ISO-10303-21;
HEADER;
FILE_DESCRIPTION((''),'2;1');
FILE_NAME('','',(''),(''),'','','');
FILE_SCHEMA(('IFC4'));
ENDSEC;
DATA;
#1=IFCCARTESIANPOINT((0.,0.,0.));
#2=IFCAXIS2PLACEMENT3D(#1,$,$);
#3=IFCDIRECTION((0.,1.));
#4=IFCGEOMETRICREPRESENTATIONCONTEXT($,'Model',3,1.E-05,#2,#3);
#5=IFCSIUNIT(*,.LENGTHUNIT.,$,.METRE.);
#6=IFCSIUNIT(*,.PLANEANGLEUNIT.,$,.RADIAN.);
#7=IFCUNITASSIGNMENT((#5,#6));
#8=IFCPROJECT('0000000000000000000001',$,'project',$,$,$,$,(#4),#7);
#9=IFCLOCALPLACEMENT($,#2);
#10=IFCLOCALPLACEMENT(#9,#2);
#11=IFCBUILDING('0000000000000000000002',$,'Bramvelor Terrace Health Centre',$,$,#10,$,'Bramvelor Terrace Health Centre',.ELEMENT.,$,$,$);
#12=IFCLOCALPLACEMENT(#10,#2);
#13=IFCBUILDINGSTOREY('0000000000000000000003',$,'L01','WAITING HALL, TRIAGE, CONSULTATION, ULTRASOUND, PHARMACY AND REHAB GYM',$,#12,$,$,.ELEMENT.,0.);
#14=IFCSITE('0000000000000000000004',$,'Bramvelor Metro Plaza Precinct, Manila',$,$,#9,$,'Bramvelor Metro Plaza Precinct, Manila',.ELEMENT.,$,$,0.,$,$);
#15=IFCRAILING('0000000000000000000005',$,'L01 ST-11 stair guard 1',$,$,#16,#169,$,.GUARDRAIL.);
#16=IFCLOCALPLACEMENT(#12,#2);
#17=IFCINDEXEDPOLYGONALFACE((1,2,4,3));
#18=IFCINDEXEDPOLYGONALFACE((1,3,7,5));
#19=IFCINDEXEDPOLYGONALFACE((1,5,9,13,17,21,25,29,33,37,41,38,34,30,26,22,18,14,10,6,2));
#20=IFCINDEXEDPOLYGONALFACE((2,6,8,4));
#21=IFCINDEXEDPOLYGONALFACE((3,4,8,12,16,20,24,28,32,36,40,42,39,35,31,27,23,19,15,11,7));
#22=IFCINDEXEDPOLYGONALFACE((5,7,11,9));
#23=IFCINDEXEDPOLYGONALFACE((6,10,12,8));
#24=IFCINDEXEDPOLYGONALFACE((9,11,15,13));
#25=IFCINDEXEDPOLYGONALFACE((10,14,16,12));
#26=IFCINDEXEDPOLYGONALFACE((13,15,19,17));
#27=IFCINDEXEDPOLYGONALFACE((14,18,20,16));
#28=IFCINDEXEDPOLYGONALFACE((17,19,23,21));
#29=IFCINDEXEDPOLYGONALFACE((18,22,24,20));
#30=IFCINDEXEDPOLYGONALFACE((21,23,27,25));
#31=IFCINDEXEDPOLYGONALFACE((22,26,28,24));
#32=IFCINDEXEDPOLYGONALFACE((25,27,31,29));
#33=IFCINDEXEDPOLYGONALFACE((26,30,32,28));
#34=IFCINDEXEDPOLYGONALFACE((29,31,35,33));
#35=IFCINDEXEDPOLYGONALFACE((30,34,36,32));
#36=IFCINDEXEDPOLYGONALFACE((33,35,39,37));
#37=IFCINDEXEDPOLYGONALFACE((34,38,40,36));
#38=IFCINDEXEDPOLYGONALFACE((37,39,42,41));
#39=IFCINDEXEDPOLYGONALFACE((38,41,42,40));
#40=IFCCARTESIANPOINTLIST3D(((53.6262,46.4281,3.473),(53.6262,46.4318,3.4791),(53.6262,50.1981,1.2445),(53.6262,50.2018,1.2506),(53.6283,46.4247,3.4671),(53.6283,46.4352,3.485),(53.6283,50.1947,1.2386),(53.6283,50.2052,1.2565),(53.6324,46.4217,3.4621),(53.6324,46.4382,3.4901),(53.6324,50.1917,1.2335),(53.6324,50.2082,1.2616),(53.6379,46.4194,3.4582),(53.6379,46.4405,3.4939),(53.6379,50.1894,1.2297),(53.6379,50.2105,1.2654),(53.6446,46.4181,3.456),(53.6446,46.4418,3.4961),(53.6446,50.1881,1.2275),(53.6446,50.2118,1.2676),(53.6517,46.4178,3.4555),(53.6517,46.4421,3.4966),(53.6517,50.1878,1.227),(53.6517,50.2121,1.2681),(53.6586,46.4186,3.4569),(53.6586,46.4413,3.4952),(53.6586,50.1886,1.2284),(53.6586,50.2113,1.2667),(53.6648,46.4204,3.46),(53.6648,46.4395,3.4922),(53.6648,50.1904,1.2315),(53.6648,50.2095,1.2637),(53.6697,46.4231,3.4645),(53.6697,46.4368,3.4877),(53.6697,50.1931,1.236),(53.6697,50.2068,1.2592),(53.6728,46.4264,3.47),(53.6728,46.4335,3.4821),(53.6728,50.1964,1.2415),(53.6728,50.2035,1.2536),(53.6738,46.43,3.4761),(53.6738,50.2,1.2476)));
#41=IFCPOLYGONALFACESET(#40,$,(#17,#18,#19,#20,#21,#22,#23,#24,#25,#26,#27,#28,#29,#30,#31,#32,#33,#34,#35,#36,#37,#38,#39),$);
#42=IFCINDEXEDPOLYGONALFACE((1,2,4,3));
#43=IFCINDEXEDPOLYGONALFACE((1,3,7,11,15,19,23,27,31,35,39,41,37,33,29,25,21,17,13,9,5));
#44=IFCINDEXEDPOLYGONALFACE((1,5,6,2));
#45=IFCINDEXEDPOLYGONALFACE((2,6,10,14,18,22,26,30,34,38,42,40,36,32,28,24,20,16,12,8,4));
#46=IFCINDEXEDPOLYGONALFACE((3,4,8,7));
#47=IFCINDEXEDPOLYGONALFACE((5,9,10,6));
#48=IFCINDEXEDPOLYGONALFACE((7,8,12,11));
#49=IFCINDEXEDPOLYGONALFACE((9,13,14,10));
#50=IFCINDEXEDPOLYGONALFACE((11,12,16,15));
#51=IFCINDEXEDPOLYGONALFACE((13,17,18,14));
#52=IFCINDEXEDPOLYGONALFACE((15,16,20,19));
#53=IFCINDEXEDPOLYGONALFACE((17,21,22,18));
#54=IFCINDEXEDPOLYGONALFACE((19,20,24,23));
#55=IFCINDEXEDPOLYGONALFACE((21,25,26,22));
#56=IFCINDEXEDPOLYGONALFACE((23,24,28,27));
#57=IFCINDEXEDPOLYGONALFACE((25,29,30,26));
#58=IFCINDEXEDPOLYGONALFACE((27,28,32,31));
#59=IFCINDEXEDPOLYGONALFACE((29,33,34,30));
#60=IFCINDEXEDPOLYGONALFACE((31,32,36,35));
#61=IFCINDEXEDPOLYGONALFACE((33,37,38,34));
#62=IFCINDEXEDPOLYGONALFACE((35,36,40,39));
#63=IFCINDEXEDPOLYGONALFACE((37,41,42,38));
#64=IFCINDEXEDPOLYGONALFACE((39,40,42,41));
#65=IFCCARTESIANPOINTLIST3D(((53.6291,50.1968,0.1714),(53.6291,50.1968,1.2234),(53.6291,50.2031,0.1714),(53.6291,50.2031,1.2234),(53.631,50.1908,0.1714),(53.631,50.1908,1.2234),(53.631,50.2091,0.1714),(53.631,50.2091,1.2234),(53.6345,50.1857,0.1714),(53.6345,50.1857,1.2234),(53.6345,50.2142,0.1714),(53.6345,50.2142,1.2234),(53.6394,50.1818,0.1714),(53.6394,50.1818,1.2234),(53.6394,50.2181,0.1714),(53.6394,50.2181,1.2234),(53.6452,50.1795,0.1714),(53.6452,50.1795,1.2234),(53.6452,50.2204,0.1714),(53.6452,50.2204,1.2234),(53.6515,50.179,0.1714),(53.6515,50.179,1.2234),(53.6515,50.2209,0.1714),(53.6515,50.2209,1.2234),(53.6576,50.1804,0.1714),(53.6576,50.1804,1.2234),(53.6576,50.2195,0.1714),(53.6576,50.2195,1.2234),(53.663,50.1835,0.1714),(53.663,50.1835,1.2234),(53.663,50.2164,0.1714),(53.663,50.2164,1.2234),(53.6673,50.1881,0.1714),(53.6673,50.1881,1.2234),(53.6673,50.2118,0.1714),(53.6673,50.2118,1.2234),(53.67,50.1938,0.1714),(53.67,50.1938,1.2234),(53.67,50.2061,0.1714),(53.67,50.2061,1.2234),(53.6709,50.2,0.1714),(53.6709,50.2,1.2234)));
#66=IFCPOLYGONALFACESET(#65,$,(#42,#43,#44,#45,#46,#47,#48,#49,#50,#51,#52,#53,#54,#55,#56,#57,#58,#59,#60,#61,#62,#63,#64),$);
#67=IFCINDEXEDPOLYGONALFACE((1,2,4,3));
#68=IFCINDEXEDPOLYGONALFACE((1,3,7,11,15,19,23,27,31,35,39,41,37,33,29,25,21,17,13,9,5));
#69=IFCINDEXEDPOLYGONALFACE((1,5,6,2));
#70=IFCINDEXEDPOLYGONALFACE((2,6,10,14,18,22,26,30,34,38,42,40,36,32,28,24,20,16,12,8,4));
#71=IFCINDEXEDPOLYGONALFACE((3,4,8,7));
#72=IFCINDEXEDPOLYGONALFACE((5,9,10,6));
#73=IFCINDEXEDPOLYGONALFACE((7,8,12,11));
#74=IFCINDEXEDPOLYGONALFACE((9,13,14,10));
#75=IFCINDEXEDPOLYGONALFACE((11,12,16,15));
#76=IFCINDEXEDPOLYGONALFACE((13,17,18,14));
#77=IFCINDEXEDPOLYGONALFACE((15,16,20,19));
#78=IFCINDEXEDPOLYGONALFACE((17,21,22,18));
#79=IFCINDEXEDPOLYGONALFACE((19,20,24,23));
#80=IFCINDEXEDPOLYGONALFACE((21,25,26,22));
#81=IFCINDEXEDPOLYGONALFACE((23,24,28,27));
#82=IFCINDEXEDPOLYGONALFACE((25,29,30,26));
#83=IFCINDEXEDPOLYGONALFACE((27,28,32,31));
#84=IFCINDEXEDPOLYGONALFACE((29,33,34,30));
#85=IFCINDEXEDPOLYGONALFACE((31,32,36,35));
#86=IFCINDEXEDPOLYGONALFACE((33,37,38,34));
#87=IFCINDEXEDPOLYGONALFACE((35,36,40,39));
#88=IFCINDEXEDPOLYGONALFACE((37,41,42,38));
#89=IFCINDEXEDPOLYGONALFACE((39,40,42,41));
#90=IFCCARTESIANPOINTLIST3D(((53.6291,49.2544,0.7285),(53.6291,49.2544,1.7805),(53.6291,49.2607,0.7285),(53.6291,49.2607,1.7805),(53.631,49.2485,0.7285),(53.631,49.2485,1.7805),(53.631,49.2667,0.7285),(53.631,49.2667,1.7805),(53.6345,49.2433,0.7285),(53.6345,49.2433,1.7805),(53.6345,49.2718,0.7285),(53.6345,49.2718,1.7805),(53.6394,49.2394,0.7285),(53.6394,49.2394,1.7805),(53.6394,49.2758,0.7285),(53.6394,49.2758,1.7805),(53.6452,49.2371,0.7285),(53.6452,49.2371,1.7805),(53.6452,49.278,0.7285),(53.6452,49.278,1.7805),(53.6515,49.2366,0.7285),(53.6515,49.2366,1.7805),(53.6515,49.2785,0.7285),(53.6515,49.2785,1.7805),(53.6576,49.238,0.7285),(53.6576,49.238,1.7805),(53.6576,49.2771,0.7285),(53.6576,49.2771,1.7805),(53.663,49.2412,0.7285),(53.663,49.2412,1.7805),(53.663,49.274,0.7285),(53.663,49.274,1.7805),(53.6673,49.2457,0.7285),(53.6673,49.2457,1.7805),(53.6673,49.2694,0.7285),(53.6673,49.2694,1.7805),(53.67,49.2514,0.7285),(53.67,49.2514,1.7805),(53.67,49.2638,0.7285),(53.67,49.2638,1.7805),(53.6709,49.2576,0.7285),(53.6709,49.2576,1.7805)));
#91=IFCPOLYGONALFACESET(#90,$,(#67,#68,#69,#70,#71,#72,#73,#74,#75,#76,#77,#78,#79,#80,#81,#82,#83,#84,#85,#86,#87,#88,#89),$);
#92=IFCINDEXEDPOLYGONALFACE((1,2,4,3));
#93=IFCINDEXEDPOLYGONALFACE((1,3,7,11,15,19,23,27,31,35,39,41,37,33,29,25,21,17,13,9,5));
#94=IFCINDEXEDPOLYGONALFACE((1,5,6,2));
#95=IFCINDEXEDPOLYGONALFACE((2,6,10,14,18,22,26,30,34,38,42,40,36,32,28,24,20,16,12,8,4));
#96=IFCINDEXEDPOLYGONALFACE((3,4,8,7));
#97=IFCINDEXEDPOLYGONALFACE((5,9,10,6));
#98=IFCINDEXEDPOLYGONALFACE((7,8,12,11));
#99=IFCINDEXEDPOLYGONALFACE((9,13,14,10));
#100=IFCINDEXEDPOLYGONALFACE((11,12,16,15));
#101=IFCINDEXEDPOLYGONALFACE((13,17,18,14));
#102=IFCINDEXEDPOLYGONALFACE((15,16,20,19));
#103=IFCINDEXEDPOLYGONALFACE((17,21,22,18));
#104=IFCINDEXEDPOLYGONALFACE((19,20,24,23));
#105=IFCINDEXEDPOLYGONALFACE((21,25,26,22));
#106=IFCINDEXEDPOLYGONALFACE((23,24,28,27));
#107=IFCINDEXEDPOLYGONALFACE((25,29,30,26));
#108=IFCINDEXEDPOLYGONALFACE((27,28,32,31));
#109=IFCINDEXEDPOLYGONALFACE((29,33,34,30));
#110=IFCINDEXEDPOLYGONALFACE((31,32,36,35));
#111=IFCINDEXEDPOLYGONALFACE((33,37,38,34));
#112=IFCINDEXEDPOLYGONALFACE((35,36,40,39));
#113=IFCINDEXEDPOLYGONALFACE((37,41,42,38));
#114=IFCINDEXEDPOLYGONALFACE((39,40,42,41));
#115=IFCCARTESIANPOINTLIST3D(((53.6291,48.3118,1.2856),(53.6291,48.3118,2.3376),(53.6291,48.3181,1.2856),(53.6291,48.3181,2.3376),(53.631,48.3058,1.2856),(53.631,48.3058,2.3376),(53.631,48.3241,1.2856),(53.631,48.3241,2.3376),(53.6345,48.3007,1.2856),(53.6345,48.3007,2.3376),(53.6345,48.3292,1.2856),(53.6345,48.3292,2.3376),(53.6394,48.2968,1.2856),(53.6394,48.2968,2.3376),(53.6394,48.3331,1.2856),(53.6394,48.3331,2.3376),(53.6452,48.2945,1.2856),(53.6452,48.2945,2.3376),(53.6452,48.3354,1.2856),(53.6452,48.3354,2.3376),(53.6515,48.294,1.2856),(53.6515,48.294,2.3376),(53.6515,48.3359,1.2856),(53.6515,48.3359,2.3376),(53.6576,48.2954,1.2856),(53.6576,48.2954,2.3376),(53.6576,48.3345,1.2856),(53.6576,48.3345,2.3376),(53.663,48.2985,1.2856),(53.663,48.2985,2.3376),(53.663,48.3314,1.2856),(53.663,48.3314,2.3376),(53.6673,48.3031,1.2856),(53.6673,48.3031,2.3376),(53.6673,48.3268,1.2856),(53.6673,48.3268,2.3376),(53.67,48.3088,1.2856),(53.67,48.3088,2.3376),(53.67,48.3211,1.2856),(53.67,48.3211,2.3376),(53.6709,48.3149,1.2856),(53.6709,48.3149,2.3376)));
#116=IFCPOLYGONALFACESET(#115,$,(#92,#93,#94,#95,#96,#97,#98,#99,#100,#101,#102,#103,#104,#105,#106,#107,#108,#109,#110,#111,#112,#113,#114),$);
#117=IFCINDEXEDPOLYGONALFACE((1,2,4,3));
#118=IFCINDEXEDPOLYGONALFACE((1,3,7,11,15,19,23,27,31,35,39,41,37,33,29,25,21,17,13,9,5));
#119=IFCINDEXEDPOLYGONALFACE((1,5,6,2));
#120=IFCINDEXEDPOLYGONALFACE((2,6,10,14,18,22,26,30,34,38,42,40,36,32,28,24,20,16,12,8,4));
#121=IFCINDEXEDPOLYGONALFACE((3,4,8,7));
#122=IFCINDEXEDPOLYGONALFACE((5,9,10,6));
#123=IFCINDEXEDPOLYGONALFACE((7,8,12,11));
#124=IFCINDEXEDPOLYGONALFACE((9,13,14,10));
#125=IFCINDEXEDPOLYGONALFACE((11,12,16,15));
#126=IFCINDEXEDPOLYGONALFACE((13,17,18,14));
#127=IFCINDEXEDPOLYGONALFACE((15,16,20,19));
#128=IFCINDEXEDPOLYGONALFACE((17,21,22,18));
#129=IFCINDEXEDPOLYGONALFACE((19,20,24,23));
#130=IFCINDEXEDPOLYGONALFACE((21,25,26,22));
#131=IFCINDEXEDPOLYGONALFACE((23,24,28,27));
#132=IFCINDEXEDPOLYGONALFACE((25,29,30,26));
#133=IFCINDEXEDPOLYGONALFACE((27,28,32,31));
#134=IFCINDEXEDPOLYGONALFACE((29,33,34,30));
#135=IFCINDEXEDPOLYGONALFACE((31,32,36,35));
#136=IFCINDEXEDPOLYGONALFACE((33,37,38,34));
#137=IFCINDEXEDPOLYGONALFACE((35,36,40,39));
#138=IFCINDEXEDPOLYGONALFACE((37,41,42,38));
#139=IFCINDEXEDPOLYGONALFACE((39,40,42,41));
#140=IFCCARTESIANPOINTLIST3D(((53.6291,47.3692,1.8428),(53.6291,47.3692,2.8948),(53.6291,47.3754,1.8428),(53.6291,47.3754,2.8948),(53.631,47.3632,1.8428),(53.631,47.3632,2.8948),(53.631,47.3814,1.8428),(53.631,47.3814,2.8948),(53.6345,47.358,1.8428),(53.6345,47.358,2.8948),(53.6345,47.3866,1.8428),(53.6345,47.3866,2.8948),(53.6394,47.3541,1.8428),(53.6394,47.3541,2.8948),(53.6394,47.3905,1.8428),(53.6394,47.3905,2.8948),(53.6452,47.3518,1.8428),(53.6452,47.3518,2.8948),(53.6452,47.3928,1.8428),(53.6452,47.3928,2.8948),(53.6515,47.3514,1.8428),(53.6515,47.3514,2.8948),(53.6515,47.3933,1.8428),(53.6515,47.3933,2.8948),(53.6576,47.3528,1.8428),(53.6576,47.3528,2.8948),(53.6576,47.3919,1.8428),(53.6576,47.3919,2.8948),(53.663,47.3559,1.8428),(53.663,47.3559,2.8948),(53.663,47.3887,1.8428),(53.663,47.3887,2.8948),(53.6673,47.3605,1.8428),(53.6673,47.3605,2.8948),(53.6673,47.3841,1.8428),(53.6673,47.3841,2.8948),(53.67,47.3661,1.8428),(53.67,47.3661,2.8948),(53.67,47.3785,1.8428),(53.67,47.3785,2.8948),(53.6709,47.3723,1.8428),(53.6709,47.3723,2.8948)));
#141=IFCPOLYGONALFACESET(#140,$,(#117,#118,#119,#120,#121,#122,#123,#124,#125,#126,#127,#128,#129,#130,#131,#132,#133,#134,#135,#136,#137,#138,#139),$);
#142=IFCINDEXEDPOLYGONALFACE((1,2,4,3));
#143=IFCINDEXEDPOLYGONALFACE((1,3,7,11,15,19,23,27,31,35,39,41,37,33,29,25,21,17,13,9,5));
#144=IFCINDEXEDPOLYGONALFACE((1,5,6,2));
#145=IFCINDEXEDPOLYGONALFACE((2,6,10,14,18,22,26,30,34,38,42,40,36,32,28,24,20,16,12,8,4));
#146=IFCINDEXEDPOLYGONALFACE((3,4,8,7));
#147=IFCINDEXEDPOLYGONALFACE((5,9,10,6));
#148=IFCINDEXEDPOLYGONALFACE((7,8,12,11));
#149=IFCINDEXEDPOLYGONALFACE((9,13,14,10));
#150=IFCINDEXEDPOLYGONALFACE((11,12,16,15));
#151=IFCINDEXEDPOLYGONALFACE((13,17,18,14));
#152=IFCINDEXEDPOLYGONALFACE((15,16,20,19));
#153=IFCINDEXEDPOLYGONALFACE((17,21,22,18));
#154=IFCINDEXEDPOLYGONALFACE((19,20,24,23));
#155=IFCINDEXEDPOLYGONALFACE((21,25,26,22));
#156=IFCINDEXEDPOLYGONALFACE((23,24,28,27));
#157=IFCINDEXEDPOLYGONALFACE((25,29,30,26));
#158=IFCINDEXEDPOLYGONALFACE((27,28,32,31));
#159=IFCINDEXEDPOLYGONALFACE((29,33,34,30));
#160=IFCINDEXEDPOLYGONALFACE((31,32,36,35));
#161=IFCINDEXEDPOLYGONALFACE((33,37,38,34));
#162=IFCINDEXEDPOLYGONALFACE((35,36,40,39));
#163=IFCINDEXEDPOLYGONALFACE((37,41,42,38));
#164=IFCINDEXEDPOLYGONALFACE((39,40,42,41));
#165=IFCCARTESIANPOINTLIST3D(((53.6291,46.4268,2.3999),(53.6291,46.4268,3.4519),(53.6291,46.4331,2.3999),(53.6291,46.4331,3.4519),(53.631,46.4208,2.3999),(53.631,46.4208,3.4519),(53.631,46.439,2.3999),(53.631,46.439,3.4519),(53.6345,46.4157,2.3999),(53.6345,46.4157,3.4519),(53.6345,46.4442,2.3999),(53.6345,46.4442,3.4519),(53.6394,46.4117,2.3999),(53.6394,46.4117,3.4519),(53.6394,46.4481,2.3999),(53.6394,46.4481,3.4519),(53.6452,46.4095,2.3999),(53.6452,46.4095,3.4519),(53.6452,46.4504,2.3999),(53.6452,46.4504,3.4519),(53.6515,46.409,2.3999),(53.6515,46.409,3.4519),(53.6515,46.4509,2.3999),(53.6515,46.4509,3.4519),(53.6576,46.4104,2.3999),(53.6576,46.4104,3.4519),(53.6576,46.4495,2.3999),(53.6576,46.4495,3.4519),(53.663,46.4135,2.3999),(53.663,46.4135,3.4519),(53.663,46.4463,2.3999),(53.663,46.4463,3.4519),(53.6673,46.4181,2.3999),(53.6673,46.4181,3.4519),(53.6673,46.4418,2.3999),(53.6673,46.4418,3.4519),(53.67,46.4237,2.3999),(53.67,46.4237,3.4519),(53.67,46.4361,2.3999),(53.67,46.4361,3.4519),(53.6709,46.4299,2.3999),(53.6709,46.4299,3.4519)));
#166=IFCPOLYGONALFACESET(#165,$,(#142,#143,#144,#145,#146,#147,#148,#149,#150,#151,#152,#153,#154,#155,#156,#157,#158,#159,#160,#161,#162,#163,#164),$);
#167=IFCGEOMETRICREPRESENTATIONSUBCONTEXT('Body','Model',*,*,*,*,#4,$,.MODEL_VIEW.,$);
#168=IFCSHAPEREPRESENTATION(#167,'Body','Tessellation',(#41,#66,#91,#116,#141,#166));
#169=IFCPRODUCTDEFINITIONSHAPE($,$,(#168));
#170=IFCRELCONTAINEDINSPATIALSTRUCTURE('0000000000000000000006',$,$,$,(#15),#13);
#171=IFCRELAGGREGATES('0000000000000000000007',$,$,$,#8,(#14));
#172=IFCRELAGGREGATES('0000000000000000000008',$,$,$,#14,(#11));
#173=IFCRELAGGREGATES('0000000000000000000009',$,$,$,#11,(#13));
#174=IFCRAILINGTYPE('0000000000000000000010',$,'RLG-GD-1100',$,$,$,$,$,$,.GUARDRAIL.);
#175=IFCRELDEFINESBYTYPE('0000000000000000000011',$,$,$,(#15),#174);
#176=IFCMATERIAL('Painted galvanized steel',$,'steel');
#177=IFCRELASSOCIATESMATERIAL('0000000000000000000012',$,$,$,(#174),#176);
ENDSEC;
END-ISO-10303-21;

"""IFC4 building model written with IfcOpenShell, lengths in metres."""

from ifc_helpers import new_model, si_unit, direction, frame, origin, origin_2d, place, context, subcontext, project, spatial, circle, extrude, material, type_object, element, save


model = new_model("IFC4")

# Units and contexts
model_context = context("Model", 3, precision=1e-05, world=origin(), true_north=direction((0.0, 1.0)))
body_context = subcontext(model_context, "Body", "Model", "MODEL_VIEW")
ifc_project = project(units=[si_unit("LENGTHUNIT", "METRE"), si_unit("PLANEANGLEUNIT", "RADIAN")], contexts=[model_context])

# Site, building, storey
site_placement = place(None, origin())
site = spatial("IfcSite", under=ifc_project, at=site_placement, Name="Bramvelor Metro Plaza Precinct, Manila", LongName="Bramvelor Metro Plaza Precinct, Manila", CompositionType="ELEMENT", RefElevation=0.0)
building_placement = place(site_placement, origin())
building = spatial("IfcBuilding", under=site, at=building_placement, Name="Bramvelor Terrace Health Centre", LongName="Bramvelor Terrace Health Centre", CompositionType="ELEMENT")
storey_placement = place(building_placement, origin())
storey = spatial("IfcBuildingStorey", under=building, at=storey_placement, Name="L01", Description="WAITING HALL, TRIAGE, CONSULTATION, ULTRASOUND, PHARMACY AND REHAB GYM", CompositionType="ELEMENT", Elevation=0.0)

# Railing
ifc_material_1 = material(Name="Painted galvanized steel", Category="steel")
railing_type_1 = type_object("IfcRailingType", Name="RLG-GD-1100", PredefinedType="GUARDRAIL", material=ifc_material_1)
railing_1_placement = place(storey_placement, frame((53.6499, 50.2, 0.1714)))
element("IfcRailing", 1, at=railing_1_placement, inside=storey, type_object=railing_type_1, Name="L01 ST-11 stair guard 1", PredefinedType="GUARDRAIL", context=body_context, shape_type="SweptSolid", body=[
    extrude(circle(Radius=0.0239, at=origin_2d()), frame((0.0, 0.0, 1.0762), z_axis=(0.0, -0.860849, 0.508861), x_axis=(1.0, 0.0, 0.0)), (0.0, 0.0, 1.0), 4.3794),
    extrude(circle(Radius=0.021, at=origin_2d()), origin(), (0.0, 0.0, 1.0), 1.052),
    extrude(circle(Radius=0.021, at=origin_2d()), frame((0.0, -0.9424, 0.5571)), (0.0, 0.0, 1.0), 1.052),
    extrude(circle(Radius=0.021, at=origin_2d()), frame((0.0, -1.885, 1.1143)), (0.0, 0.0, 1.0), 1.052),
    extrude(circle(Radius=0.021, at=origin_2d()), frame((0.0, -2.8276, 1.6714)), (0.0, 0.0, 1.0), 1.052),
    extrude(circle(Radius=0.021, at=origin_2d()), frame((0.0, -3.77, 2.2285)), (0.0, 0.0, 1.0), 1.052),
])

save(model, "model.ifc")
